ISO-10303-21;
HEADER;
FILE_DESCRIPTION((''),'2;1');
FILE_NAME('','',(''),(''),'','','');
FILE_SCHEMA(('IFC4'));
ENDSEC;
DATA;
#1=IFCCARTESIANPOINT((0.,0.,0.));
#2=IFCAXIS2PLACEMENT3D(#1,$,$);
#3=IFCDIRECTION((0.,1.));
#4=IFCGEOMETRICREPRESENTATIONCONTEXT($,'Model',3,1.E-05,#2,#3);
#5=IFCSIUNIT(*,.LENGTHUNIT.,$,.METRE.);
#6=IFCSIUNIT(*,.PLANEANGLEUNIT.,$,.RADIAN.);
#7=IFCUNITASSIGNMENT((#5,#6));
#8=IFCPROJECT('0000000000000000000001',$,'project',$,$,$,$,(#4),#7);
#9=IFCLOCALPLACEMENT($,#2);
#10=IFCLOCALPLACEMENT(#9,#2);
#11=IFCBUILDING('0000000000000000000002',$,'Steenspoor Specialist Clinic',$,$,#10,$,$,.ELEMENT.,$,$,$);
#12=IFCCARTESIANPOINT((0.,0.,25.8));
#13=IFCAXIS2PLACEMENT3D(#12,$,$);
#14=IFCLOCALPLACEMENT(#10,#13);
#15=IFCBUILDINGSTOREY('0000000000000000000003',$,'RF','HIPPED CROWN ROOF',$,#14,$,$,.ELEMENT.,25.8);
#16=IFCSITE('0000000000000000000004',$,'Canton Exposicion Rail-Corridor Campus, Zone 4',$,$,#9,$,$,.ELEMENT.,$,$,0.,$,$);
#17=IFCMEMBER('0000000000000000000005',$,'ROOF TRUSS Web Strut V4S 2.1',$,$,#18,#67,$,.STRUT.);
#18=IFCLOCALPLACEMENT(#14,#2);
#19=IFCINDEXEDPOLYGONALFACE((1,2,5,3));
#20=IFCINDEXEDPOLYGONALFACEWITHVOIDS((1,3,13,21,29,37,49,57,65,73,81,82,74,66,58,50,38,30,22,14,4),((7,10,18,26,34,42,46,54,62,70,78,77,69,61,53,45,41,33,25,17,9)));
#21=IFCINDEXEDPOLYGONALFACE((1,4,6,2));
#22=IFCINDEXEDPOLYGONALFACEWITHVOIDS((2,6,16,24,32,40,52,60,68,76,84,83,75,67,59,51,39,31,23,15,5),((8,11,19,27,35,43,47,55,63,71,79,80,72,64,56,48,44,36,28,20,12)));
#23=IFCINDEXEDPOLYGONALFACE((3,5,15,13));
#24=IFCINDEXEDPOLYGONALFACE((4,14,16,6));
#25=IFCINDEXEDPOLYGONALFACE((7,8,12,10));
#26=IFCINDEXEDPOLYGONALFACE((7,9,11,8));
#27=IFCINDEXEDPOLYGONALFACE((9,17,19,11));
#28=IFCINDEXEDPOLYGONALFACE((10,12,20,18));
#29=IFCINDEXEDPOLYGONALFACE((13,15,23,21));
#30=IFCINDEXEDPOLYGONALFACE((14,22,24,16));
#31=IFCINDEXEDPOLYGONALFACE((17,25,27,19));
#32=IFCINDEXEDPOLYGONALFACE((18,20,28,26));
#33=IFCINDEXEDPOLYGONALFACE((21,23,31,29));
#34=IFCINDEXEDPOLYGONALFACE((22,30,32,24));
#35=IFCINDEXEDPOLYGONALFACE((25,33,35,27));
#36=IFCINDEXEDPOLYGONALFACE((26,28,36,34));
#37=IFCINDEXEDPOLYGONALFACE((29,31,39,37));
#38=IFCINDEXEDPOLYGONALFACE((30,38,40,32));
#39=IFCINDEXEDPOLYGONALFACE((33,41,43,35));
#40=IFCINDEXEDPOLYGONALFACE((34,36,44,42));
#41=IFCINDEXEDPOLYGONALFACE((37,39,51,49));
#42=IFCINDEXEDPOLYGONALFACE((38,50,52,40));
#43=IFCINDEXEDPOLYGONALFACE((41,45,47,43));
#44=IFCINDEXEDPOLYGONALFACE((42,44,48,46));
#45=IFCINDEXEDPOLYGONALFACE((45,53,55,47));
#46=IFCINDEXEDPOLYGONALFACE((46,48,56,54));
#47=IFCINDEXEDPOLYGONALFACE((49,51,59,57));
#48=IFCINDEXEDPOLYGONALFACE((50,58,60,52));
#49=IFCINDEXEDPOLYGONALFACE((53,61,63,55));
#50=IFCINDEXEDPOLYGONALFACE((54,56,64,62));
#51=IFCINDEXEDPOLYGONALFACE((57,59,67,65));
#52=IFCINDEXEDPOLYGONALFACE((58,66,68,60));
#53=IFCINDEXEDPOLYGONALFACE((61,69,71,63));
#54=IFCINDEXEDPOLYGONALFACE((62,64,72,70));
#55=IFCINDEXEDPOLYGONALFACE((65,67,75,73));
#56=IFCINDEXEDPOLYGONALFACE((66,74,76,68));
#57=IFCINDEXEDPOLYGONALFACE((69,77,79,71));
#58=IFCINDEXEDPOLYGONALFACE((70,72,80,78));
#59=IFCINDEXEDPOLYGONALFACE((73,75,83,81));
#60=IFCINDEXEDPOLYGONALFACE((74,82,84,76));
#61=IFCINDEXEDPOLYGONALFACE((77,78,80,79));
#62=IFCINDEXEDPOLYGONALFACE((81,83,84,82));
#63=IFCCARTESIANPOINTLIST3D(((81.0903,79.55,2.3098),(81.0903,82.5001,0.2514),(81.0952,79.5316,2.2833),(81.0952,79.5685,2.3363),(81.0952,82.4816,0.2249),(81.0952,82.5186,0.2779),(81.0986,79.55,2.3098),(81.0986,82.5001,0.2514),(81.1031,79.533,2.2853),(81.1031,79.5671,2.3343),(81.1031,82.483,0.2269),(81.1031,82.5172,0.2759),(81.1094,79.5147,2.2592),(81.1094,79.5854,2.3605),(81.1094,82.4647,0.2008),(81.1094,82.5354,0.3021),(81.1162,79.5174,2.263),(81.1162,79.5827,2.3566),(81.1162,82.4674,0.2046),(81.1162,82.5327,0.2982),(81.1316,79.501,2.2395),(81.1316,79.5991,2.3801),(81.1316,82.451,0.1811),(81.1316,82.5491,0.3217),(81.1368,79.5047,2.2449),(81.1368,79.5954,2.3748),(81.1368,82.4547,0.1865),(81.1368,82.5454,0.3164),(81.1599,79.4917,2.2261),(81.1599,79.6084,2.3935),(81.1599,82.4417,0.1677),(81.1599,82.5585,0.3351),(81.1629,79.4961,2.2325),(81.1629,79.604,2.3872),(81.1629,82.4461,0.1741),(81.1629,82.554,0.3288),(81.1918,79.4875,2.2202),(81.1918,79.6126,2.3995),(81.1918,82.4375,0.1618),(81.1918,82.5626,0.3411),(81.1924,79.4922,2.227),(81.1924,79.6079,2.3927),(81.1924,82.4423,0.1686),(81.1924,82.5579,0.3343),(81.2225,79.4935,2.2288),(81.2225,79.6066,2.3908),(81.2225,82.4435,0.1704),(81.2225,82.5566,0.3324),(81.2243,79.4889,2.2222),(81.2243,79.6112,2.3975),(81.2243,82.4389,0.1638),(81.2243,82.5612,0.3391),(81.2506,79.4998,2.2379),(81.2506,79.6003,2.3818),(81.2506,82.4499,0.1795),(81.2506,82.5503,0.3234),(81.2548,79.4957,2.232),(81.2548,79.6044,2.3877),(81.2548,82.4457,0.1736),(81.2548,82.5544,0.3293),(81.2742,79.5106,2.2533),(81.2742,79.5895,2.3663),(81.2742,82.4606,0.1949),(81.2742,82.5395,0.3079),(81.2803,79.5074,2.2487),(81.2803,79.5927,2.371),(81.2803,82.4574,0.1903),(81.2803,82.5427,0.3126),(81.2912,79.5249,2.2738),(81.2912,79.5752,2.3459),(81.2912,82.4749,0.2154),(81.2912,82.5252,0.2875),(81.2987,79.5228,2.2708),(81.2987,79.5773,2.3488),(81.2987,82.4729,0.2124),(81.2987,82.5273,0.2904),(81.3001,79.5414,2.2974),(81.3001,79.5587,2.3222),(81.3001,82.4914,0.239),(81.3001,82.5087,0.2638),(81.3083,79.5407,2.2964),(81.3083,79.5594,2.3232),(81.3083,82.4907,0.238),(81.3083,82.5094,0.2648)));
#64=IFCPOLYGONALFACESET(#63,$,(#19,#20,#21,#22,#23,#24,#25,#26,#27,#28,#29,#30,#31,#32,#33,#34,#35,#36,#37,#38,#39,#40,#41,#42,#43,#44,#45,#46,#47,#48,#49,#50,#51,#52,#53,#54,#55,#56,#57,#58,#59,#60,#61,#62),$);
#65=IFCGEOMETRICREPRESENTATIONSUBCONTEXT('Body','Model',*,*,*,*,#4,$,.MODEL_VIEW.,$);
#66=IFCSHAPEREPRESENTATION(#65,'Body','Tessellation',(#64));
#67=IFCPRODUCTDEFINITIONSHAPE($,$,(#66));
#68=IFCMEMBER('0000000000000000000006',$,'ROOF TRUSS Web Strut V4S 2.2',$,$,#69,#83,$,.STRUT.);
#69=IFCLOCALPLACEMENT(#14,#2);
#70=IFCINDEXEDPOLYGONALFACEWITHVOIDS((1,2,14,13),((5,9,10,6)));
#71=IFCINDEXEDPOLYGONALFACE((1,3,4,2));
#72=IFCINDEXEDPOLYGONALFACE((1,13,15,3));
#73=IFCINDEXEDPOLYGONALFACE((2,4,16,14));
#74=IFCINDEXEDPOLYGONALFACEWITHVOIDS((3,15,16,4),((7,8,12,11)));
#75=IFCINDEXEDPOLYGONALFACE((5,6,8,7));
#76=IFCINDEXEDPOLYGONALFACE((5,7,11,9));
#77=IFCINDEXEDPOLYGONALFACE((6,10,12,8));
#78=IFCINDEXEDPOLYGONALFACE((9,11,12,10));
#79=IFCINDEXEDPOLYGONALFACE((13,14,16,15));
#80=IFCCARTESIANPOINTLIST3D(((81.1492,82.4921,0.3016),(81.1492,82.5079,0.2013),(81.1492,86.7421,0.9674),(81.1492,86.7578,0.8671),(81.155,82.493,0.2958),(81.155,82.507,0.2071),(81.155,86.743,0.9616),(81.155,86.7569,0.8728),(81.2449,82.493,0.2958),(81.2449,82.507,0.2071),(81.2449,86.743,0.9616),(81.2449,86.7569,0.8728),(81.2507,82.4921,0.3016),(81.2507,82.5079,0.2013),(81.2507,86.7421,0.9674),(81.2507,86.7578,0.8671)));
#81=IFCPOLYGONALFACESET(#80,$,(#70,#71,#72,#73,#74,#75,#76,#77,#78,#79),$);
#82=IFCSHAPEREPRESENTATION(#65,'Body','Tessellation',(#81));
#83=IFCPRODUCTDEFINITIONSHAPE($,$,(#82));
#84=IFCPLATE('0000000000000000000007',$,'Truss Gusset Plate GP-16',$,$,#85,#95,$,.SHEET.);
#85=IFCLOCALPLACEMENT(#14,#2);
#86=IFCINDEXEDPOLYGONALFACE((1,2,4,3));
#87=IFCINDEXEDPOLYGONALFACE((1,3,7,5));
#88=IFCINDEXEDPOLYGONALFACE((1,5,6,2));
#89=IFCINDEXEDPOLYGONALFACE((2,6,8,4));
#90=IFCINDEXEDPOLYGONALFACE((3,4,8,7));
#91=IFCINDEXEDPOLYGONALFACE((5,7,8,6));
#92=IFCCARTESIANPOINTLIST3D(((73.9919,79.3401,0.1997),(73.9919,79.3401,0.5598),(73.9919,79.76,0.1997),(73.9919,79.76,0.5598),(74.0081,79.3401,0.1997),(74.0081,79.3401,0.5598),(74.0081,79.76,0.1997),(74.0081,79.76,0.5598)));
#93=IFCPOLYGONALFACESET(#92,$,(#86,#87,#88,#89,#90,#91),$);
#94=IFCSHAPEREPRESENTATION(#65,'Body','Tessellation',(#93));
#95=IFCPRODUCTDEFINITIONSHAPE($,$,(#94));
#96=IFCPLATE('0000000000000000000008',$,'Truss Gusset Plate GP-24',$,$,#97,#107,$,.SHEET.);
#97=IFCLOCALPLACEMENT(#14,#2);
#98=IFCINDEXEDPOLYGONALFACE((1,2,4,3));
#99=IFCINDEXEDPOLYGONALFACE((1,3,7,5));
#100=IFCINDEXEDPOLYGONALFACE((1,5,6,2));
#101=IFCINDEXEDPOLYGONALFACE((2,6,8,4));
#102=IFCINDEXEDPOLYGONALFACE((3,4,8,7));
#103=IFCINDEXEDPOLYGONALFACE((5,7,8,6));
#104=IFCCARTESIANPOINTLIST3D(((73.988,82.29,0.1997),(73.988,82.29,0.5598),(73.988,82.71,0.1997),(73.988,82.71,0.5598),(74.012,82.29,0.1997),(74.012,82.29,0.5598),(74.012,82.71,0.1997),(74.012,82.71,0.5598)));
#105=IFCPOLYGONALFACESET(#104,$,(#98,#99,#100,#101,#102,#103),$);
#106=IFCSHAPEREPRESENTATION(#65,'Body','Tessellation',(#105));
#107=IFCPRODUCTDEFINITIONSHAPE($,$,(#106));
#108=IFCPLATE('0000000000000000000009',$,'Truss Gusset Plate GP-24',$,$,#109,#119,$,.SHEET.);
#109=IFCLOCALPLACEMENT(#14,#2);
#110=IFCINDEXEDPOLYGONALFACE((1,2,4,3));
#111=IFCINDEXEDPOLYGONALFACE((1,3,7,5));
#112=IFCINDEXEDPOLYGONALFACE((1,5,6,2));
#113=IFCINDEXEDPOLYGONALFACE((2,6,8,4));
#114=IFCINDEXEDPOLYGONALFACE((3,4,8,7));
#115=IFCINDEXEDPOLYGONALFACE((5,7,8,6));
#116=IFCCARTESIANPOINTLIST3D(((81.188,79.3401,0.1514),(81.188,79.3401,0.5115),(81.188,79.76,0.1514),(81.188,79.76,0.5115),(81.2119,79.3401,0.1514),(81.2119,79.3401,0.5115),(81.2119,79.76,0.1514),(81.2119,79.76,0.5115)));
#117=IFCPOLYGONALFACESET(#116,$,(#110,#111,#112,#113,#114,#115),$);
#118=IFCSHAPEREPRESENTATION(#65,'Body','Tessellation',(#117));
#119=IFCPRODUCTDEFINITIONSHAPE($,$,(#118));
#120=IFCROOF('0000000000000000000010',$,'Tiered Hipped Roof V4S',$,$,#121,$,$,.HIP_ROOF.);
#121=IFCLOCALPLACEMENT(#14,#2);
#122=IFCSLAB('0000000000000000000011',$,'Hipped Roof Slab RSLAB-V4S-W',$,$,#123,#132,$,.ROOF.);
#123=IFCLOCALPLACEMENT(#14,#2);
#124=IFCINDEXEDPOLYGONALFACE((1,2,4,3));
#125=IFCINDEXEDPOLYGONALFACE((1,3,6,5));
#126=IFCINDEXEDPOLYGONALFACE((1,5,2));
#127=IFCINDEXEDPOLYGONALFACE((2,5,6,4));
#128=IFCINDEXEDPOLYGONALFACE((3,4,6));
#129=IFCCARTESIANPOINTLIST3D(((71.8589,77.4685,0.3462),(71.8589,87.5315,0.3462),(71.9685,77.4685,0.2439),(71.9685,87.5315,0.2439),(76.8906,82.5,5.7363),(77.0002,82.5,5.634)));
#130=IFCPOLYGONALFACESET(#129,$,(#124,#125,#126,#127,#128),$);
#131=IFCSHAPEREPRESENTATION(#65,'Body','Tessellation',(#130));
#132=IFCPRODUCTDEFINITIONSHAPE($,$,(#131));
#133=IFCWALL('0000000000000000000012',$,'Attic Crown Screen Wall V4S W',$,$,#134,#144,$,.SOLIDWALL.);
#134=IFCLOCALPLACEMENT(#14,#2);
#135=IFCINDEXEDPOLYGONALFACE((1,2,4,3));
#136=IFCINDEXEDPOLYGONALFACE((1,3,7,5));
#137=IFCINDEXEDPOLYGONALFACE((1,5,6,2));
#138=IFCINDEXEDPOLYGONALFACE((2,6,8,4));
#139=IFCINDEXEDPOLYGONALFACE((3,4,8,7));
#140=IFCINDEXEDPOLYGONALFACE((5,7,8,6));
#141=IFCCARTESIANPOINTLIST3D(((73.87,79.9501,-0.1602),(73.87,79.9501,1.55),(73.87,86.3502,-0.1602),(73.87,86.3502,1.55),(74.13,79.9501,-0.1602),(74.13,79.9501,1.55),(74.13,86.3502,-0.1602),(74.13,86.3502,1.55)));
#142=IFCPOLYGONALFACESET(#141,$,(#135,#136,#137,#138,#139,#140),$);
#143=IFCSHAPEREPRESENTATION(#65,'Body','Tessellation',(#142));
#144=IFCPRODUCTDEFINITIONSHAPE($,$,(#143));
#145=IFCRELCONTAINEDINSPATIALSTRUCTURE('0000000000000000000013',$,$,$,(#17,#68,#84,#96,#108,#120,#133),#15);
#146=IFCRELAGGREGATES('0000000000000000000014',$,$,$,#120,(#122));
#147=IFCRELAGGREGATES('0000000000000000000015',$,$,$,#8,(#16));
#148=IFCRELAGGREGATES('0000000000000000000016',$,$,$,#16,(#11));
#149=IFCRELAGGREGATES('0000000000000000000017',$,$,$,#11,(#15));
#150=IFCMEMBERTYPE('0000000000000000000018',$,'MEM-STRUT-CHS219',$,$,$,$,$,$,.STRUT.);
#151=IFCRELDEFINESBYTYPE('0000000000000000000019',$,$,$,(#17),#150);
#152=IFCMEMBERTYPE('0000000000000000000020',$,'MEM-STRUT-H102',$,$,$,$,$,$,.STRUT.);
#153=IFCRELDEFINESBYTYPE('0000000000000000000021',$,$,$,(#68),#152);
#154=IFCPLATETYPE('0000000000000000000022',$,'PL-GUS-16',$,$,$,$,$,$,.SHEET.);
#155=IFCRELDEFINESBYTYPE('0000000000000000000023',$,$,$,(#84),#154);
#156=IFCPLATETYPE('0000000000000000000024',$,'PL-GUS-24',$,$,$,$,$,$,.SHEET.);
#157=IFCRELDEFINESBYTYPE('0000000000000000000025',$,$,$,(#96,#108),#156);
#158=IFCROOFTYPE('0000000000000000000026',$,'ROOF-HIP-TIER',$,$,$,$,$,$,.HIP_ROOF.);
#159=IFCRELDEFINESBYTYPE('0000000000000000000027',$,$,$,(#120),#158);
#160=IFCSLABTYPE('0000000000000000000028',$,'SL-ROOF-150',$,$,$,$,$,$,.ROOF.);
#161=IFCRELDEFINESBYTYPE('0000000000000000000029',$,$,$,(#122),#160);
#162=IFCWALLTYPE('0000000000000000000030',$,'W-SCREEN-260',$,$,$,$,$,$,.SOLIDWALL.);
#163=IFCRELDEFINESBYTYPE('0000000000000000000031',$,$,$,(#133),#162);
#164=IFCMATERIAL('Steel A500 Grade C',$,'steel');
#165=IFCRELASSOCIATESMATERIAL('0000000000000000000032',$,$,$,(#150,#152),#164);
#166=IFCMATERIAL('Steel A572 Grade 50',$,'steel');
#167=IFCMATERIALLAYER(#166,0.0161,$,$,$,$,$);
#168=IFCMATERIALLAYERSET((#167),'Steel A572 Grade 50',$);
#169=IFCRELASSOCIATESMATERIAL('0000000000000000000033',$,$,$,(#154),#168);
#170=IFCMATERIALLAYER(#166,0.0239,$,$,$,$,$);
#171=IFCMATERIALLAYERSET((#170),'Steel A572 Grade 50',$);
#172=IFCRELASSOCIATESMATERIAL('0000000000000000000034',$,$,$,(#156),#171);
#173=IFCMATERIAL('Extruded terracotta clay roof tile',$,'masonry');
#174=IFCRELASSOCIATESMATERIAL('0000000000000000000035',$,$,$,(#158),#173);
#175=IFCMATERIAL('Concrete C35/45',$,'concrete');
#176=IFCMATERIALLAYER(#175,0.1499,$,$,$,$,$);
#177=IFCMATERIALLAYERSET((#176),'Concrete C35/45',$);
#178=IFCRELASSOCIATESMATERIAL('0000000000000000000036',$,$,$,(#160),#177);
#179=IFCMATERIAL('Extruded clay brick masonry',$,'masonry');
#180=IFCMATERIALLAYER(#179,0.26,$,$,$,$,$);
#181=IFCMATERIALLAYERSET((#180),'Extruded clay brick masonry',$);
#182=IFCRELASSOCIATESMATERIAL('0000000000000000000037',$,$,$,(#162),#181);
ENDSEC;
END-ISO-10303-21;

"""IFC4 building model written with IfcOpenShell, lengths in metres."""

from ifc_helpers import new_model, si_unit, direction, frame, frame_2d, origin, origin_2d, place, context, subcontext, project, spatial, polyline, rectangle, hollow_rectangle, hollow_circle, outline, extrude, material, layer, layer_set, material_profile, profile_set, type_object, element, aggregate, save


model = new_model("IFC4")

# Units and contexts
model_context = context("Model", 3, precision=1e-05, world=origin(), true_north=direction((0.0, 1.0)))
body_context = subcontext(model_context, "Body", "Model", "MODEL_VIEW")
ifc_project = project(units=[si_unit("LENGTHUNIT", "METRE"), si_unit("PLANEANGLEUNIT", "RADIAN")], contexts=[model_context])

# Site, building, storey
site_placement = place(None, origin())
site = spatial("IfcSite", under=ifc_project, at=site_placement, Name="Canton Exposicion Rail-Corridor Campus, Zone 4", CompositionType="ELEMENT", RefElevation=0.0)
building_placement = place(site_placement, origin())
building = spatial("IfcBuilding", under=site, at=building_placement, Name="Steenspoor Specialist Clinic", CompositionType="ELEMENT")
storey_placement = place(building_placement, frame((0.0, 0.0, 25.8)))
storey = spatial("IfcBuildingStorey", under=building, at=storey_placement, Name="RF", Description="HIPPED CROWN ROOF", CompositionType="ELEMENT", Elevation=25.8)

# Members
ifc_material_1 = material(Name="Steel A500 Grade C", Category="steel")
ifc_material_profile_1 = material_profile(ifc_material_1, hollow_circle(Radius=0.1096, WallThickness=0.0083, at=origin_2d()), Name="CHS219X8.2")
ifc_profile_set_1 = profile_set([ifc_material_profile_1], Name="Steel A500 Grade C")
member_type_1 = type_object("IfcMemberType", Name="MEM-STRUT-CHS219", PredefinedType="STRUT", material=ifc_profile_set_1)
member_1_placement = place(storey_placement, frame((81.2, 79.55, 2.3098), z_axis=(0.0, 0.820095, -0.572227), x_axis=(-1.0, 0.0, 0.0)))
element("IfcMember", 1, at=member_1_placement, inside=storey, type_object=member_type_1, Name="ROOF TRUSS Web Strut V4S 2.1", PredefinedType="STRUT", context=body_context, shape_type="SweptSolid", body=[
    extrude(hollow_circle(Radius=0.1096, WallThickness=0.0083, at=origin_2d()), origin(), (0.0, 0.0, 1.0), 3.5972),
])
ifc_material_profile_2 = material_profile(ifc_material_1, hollow_rectangle(XDim=0.1016, YDim=0.1016, WallThickness=0.0059, at=origin_2d()), Name="HSS102X102X6.4")
ifc_profile_set_2 = profile_set([ifc_material_profile_2], Name="Steel A500 Grade C")
member_type_2 = type_object("IfcMemberType", Name="MEM-STRUT-H102", PredefinedType="STRUT", material=ifc_profile_set_2)
member_2_placement = place(storey_placement, frame((81.2, 82.5, 0.2515), z_axis=(0.0, 0.987951, 0.154765), x_axis=(-1.0, 0.0, 0.0)))
element("IfcMember", 2, at=member_2_placement, inside=storey, type_object=member_type_2, Name="ROOF TRUSS Web Strut V4S 2.2", PredefinedType="STRUT", context=body_context, shape_type="SweptSolid", body=[
    extrude(hollow_rectangle(XDim=0.1016, YDim=0.1016, WallThickness=0.0059, at=origin_2d()), origin(), (0.0, 0.0, 1.0), 4.3018),
])

# Plates
ifc_material_2 = material(Name="Steel A572 Grade 50", Category="steel")
ifc_layer_1 = layer(ifc_material_2, 0.0161)
ifc_layer_set_1 = layer_set([ifc_layer_1], Name="Steel A572 Grade 50")
plate_type_1 = type_object("IfcPlateType", Name="PL-GUS-16", PredefinedType="SHEET", material=ifc_layer_set_1)
plate_placement = place(storey_placement, frame((74.0, 79.55, 0.1997), z_axis=(0.0, 0.0, 1.0), x_axis=(1.0, 0.0, 0.0)))
element("IfcPlate", 3, at=plate_placement, inside=storey, type_object=plate_type_1, Name="Truss Gusset Plate GP-16", PredefinedType="SHEET", context=body_context, shape_type="SweptSolid", body=[
    extrude(rectangle(XDim=0.0161, YDim=0.4199, at=origin_2d()), origin(), (0.0, 0.0, 1.0), 0.3601),
])
ifc_layer_2 = layer(ifc_material_2, 0.0239)
ifc_layer_set_2 = layer_set([ifc_layer_2], Name="Steel A572 Grade 50")
plate_type_2 = type_object("IfcPlateType", Name="PL-GUS-24", PredefinedType="SHEET", material=ifc_layer_set_2)
for number, where, z_axis, x_axis, name in (
    (4, (74.0, 82.5, 0.1997), (0.0, 0.0, 1.0), (1.0, 0.0, 0.0), "Truss Gusset Plate GP-24"),
    (5, (81.2, 79.55, 0.1514), (0.0, 0.0, 1.0), (1.0, 0.0, 0.0), "Truss Gusset Plate GP-24"),
):
    element("IfcPlate", number, at=place(storey_placement, frame(where, z_axis=z_axis, x_axis=x_axis)), inside=storey, type_object=plate_type_2, Name=name, PredefinedType="SHEET", context=body_context, shape_type="SweptSolid", body=[
        extrude(rectangle(XDim=0.0239, YDim=0.4199, at=origin_2d()), origin(), (0.0, 0.0, 1.0), 0.3601),
    ])

# Roof, slab
ifc_material_3 = material(Name="Extruded terracotta clay roof tile", Category="masonry")
roof_type = type_object("IfcRoofType", Name="ROOF-HIP-TIER", PredefinedType="HIP_ROOF", material=ifc_material_3)
roof_placement = place(storey_placement, origin())
roof = element("IfcRoof", 6, at=roof_placement, inside=storey, type_object=roof_type, Name="Tiered Hipped Roof V4S", PredefinedType="HIP_ROOF")
ifc_material_4 = material(Name="Concrete C35/45", Category="concrete")
ifc_layer_3 = layer(ifc_material_4, 0.1499)
ifc_layer_set_3 = layer_set([ifc_layer_3], Name="Concrete C35/45")
slab_type = type_object("IfcSlabType", Name="SL-ROOF-150", PredefinedType="ROOF", material=ifc_layer_set_3)
slab_placement = place(storey_placement, frame((76.8906, 82.5, 5.7363), z_axis=(-0.730991, 0.0, 0.682387), x_axis=(-0.563666, 0.563639, -0.603815)))
slab = element("IfcSlab", 7, at=slab_placement, type_object=slab_type, Name="Hipped Roof Slab RSLAB-V4S-W", PredefinedType="ROOF", context=body_context, shape_type="SweptSolid", body=[
    extrude(outline(polyline([(0.0, 0.0), (8.9268, 0.0), (3.2549, 8.3122), (0.0, 0.0)])), origin(), (0.0, 0.0, -1.0), 0.1499),
])
aggregate(roof, [slab])

# Wall
ifc_material_5 = material(Name="Extruded clay brick masonry", Category="masonry")
ifc_layer_4 = layer(ifc_material_5, 0.26)
ifc_layer_set_4 = layer_set([ifc_layer_4], Name="Extruded clay brick masonry")
wall_type = type_object("IfcWallType", Name="W-SCREEN-260", PredefinedType="SOLIDWALL", material=ifc_layer_set_4)
wall_placement = place(storey_placement, frame((74.0, 79.95, -0.1602), z_axis=(0.0, 0.0, 1.0), x_axis=(0.0, 1.0, 0.0)))
element("IfcWall", 8, at=wall_placement, inside=storey, type_object=wall_type, Name="Attic Crown Screen Wall V4S W", PredefinedType="SOLIDWALL", context=body_context, shape_type="SweptSolid", body=[
    extrude(rectangle(XDim=6.4001, YDim=0.26, at=frame_2d((3.2002, 0.0))), origin(), (0.0, 0.0, 1.0), 1.7102),
])

save(model, "model.ifc")
